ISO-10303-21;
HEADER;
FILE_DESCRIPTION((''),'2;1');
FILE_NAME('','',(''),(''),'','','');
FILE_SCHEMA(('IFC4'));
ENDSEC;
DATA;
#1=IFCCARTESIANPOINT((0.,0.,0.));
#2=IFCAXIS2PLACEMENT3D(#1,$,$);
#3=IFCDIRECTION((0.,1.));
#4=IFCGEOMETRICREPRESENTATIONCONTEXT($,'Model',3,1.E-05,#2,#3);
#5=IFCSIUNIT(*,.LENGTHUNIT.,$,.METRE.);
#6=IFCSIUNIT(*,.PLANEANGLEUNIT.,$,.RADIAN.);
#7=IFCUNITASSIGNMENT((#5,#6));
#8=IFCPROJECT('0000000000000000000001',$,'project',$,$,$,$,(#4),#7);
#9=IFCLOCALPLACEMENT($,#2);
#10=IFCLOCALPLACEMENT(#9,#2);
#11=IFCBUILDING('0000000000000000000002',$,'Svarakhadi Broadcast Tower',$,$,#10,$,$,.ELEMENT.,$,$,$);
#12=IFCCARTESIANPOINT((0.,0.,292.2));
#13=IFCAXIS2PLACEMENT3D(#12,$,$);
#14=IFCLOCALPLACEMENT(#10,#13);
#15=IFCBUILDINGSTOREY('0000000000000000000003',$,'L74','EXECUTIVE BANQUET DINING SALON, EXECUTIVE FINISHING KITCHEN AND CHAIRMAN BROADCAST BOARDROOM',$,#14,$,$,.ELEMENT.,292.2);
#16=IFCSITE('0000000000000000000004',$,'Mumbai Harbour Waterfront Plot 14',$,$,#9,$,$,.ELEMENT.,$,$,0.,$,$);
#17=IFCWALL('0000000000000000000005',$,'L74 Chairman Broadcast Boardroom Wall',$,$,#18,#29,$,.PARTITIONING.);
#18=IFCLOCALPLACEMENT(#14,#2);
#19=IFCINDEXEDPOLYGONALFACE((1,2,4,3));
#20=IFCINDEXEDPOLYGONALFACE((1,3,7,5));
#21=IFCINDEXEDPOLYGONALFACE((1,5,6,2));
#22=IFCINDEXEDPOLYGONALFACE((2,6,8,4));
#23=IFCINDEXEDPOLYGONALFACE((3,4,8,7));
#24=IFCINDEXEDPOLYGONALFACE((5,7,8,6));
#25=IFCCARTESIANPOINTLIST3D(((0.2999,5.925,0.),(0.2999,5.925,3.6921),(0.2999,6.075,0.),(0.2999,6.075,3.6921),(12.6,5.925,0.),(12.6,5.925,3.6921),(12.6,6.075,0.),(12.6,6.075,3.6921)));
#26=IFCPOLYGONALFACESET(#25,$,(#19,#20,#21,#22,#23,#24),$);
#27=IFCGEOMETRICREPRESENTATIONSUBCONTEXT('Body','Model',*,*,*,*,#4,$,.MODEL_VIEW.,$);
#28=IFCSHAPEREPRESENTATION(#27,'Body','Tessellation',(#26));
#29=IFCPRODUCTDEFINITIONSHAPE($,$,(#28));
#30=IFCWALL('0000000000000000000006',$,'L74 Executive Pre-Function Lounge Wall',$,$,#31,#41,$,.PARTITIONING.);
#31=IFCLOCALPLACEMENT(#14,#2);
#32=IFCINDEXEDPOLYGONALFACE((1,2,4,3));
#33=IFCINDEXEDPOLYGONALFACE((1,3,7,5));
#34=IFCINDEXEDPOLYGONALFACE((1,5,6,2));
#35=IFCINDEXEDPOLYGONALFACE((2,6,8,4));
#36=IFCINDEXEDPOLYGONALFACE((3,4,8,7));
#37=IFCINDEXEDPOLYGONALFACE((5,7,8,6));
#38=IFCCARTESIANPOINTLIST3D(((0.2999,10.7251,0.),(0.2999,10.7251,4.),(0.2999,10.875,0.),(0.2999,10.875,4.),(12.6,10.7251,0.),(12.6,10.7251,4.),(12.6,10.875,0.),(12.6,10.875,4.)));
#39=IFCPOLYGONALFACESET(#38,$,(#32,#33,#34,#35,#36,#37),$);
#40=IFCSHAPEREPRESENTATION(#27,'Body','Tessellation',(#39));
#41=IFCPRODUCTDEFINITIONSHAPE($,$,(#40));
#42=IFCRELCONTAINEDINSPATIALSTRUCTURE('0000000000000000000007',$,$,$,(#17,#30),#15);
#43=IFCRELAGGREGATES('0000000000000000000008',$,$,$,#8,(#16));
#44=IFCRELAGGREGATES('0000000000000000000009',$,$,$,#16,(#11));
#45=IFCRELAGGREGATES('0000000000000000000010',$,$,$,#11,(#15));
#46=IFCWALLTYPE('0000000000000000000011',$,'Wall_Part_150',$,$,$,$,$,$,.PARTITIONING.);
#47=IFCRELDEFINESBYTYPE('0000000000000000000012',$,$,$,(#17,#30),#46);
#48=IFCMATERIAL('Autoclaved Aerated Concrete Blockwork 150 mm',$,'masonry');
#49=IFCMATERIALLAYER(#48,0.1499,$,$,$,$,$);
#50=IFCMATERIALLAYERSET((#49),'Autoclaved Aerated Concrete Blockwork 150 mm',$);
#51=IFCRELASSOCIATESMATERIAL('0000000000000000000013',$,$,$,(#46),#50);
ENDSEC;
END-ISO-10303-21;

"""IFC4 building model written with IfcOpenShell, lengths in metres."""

from ifc_helpers import new_model, si_unit, direction, frame, frame_2d, origin, place, context, subcontext, project, spatial, rectangle, extrude, material, layer, layer_set, type_object, element, save


model = new_model("IFC4")

# Units and contexts
model_context = context("Model", 3, precision=1e-05, world=origin(), true_north=direction((0.0, 1.0)))
body_context = subcontext(model_context, "Body", "Model", "MODEL_VIEW")
ifc_project = project(units=[si_unit("LENGTHUNIT", "METRE"), si_unit("PLANEANGLEUNIT", "RADIAN")], contexts=[model_context])

# Site, building, storey
site_placement = place(None, origin())
site = spatial("IfcSite", under=ifc_project, at=site_placement, Name="Mumbai Harbour Waterfront Plot 14", CompositionType="ELEMENT", RefElevation=0.0)
building_placement = place(site_placement, origin())
building = spatial("IfcBuilding", under=site, at=building_placement, Name="Svarakhadi Broadcast Tower", CompositionType="ELEMENT")
storey_placement = place(building_placement, frame((0.0, 0.0, 292.2)))
storey = spatial("IfcBuildingStorey", under=building, at=storey_placement, Name="L74", Description="EXECUTIVE BANQUET DINING SALON, EXECUTIVE FINISHING KITCHEN AND CHAIRMAN BROADCAST BOARDROOM", CompositionType="ELEMENT", Elevation=292.2)

# Walls
ifc_material_1 = material(Name="Autoclaved Aerated Concrete Blockwork 150 mm", Category="masonry")
ifc_layer_1 = layer(ifc_material_1, 0.1499)
ifc_layer_set_1 = layer_set([ifc_layer_1], Name="Autoclaved Aerated Concrete Blockwork 150 mm")
wall_type_1 = type_object("IfcWallType", Name="Wall_Part_150", PredefinedType="PARTITIONING", material=ifc_layer_set_1)
wall_1_placement = place(storey_placement, frame((0.3, 6.0, 0.0), z_axis=(0.0, 0.0, 1.0), x_axis=(1.0, 0.0, 0.0)))
element("IfcWall", 1, at=wall_1_placement, inside=storey, type_object=wall_type_1, Name="L74 Chairman Broadcast Boardroom Wall", PredefinedType="PARTITIONING", context=body_context, shape_type="SweptSolid", body=[
    extrude(rectangle(XDim=12.3, YDim=0.1499, at=frame_2d((6.1499, 0.0))), origin(), (0.0, 0.0, 1.0), 3.6921),
])
wall_2_placement = place(storey_placement, frame((0.3, 10.8, 0.0), z_axis=(0.0, 0.0, 1.0), x_axis=(1.0, 0.0, 0.0)))
element("IfcWall", 2, at=wall_2_placement, inside=storey, type_object=wall_type_1, Name="L74 Executive Pre-Function Lounge Wall", PredefinedType="PARTITIONING", context=body_context, shape_type="SweptSolid", body=[
    extrude(rectangle(XDim=12.3, YDim=0.1499, at=frame_2d((6.1499, 0.0))), origin(), (0.0, 0.0, 1.0), 4.0),
])

save(model, "model.ifc")
